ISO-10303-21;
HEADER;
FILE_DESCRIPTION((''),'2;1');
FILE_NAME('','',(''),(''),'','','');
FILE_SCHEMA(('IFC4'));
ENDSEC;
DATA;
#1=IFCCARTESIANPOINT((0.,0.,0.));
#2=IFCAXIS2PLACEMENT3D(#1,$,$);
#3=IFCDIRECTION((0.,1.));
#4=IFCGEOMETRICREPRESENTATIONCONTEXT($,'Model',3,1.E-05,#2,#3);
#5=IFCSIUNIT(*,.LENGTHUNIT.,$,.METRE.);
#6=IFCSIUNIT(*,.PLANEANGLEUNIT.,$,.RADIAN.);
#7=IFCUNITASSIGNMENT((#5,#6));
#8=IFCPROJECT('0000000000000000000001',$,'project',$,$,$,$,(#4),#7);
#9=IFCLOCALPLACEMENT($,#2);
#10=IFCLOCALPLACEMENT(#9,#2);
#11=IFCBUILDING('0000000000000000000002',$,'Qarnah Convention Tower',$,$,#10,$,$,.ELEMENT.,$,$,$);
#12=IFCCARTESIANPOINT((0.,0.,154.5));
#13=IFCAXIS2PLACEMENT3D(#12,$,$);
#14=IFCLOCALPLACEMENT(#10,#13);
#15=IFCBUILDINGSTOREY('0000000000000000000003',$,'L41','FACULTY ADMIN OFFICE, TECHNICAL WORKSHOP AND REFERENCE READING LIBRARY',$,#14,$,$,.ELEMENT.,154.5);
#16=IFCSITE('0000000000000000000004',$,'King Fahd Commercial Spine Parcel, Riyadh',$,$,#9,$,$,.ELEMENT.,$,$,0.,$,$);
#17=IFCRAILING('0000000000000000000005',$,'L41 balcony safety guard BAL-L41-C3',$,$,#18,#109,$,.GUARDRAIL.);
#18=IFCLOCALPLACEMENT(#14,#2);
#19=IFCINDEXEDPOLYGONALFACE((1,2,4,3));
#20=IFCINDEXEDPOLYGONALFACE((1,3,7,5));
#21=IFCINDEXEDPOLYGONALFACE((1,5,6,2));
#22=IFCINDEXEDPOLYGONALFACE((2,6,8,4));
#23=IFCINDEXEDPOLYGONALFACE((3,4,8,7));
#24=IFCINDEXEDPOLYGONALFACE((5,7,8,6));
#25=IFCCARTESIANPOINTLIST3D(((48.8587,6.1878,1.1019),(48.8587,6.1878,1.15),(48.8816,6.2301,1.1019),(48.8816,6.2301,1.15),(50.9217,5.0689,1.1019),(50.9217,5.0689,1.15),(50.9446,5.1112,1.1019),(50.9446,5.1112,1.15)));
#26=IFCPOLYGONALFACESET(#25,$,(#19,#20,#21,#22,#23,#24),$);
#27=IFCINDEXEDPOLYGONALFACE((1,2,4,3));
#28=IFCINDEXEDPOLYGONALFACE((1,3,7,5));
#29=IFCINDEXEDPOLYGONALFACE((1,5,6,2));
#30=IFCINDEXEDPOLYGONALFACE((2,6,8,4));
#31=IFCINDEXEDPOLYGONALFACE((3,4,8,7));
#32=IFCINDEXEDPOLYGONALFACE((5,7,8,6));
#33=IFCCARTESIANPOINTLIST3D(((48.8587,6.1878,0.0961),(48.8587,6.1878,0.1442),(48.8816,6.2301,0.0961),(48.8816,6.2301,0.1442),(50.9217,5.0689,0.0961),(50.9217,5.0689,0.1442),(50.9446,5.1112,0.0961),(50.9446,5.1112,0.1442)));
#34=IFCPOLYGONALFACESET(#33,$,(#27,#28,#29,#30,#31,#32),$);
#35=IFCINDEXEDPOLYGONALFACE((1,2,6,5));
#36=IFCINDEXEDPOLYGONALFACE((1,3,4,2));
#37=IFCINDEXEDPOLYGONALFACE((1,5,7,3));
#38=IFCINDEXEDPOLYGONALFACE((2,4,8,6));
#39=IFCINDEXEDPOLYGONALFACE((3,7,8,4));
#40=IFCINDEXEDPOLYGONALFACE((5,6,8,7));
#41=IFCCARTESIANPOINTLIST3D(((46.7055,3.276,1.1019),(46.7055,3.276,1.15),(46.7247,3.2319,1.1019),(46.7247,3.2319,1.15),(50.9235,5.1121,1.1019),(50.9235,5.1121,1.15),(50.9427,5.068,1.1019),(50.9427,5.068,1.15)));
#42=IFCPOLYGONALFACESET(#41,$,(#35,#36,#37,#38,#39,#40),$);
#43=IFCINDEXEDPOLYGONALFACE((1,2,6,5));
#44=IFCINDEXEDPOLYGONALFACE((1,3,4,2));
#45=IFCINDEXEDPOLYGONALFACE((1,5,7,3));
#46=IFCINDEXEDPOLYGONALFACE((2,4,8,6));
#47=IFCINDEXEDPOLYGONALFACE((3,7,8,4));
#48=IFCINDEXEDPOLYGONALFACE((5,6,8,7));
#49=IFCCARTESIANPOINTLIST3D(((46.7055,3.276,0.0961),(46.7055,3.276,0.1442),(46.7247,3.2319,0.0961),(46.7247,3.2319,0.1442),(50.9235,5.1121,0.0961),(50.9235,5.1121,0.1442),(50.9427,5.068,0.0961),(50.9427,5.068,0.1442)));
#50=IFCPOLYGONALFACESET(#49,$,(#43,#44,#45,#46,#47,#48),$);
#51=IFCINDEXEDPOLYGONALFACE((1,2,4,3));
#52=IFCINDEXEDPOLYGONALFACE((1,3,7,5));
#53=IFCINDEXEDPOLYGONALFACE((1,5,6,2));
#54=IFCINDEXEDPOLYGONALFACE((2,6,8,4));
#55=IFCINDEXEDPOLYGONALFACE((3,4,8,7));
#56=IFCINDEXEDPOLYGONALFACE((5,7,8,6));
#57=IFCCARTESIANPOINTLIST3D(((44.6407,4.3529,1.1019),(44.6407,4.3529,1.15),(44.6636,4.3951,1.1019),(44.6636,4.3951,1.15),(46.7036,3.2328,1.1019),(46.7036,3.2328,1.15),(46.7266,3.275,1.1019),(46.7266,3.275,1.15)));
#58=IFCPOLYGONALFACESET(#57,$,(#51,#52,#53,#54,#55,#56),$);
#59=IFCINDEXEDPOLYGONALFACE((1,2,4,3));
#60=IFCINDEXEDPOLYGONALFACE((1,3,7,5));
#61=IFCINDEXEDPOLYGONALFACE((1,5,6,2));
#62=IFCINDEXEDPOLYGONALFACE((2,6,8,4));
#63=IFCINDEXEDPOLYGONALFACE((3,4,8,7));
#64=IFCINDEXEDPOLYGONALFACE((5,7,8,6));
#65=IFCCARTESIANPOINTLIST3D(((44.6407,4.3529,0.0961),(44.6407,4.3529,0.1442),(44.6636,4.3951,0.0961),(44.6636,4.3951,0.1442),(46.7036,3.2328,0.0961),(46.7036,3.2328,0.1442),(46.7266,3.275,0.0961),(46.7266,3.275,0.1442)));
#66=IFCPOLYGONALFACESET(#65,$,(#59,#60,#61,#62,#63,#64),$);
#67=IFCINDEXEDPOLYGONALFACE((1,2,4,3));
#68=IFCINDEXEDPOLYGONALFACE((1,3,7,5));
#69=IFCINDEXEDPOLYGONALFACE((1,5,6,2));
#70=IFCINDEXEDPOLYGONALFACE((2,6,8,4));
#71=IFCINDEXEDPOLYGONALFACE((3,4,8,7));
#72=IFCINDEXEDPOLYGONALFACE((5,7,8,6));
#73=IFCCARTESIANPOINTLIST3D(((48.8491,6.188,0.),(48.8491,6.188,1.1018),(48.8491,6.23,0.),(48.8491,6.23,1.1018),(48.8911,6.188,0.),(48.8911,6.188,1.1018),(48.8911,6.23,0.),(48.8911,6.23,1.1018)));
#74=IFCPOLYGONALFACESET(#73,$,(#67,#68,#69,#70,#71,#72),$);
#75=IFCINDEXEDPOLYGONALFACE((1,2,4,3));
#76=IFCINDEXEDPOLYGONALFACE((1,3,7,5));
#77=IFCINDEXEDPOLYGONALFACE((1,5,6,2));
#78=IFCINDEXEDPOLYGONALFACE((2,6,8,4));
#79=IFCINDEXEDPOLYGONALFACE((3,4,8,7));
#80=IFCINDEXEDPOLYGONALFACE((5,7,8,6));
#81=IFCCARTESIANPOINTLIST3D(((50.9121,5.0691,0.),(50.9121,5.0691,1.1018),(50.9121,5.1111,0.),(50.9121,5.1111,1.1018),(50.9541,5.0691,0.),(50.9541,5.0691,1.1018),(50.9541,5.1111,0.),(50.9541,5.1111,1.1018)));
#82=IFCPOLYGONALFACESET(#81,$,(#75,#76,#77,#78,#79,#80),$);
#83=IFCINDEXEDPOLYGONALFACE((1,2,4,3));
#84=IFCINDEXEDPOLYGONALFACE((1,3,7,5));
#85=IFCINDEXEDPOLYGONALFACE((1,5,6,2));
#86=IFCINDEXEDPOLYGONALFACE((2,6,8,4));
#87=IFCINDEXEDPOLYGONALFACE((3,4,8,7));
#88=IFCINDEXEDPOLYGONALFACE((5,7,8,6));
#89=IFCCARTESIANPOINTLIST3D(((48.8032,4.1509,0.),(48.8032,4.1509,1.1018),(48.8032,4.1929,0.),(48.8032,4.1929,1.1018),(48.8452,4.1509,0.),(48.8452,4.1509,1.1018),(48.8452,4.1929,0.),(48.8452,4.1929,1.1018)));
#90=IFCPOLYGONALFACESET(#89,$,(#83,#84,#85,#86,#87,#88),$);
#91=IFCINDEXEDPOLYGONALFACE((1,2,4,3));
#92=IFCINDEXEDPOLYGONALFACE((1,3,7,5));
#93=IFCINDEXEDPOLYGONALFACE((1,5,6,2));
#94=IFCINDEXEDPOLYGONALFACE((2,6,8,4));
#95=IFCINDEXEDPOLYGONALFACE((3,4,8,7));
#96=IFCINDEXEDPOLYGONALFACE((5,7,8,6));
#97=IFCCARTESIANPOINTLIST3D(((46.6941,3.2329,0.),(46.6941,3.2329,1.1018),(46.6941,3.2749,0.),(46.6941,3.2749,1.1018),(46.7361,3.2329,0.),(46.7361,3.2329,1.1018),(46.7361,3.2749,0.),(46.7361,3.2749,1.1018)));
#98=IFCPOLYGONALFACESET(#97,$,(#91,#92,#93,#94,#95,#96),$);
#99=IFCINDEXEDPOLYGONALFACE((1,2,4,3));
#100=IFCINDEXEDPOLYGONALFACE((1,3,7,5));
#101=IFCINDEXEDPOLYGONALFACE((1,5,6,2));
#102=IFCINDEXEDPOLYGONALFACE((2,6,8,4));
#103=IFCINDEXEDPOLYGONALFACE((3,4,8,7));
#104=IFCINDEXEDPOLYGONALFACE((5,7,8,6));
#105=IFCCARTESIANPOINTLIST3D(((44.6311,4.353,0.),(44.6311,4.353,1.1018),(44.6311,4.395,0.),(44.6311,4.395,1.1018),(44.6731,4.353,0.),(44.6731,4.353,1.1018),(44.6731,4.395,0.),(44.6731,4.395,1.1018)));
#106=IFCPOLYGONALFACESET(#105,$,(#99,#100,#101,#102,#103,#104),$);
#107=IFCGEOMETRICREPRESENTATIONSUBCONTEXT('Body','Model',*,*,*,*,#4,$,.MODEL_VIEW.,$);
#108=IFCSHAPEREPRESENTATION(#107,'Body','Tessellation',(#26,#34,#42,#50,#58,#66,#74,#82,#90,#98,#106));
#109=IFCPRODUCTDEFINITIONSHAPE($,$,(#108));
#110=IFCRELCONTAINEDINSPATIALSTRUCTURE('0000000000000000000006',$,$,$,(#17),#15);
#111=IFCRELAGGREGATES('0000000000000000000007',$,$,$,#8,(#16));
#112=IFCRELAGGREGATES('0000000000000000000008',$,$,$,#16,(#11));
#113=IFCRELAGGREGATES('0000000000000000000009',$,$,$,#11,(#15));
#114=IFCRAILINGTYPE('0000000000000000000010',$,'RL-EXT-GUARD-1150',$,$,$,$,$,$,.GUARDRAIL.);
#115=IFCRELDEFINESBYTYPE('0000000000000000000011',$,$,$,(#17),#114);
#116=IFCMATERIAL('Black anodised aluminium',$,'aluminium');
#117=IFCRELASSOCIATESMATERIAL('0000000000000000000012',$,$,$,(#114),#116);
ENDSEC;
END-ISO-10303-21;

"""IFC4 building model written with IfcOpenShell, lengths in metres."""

from ifc_helpers import new_model, si_unit, direction, frame, origin, origin_2d, place, context, subcontext, project, spatial, rectangle, extrude, material, type_object, element, save


model = new_model("IFC4")

# Units and contexts
model_context = context("Model", 3, precision=1e-05, world=origin(), true_north=direction((0.0, 1.0)))
body_context = subcontext(model_context, "Body", "Model", "MODEL_VIEW")
ifc_project = project(units=[si_unit("LENGTHUNIT", "METRE"), si_unit("PLANEANGLEUNIT", "RADIAN")], contexts=[model_context])

# Site, building, storey
site_placement = place(None, origin())
site = spatial("IfcSite", under=ifc_project, at=site_placement, Name="King Fahd Commercial Spine Parcel, Riyadh", CompositionType="ELEMENT", RefElevation=0.0)
building_placement = place(site_placement, origin())
building = spatial("IfcBuilding", under=site, at=building_placement, Name="Qarnah Convention Tower", CompositionType="ELEMENT")
storey_placement = place(building_placement, frame((0.0, 0.0, 154.5)))
storey = spatial("IfcBuildingStorey", under=building, at=storey_placement, Name="L41", Description="FACULTY ADMIN OFFICE, TECHNICAL WORKSHOP AND REFERENCE READING LIBRARY", CompositionType="ELEMENT", Elevation=154.5)

# Shared definitions
ifc_material_1 = material(Name="Black anodised aluminium", Category="aluminium")

# Railing
railing_type = type_object("IfcRailingType", Name="RL-EXT-GUARD-1150", PredefinedType="GUARDRAIL", material=ifc_material_1)
railing_1_placement = place(storey_placement, frame((48.8701, 6.209, 0.0)))
element("IfcRailing", 1, at=railing_1_placement, inside=storey, type_object=railing_type, Name="L41 balcony safety guard BAL-L41-C3", PredefinedType="GUARDRAIL", context=body_context, shape_type="SweptSolid", body=[
    extrude(rectangle(XDim=0.0481, YDim=0.0481, at=origin_2d()), frame((0.0, 0.0, 1.126), z_axis=(0.879034, -0.476759, 0.0), x_axis=(0.476759, 0.879034, 0.0)), (0.0, 0.0, 1.0), 2.3469),
    extrude(rectangle(XDim=0.0481, YDim=0.0481, at=origin_2d()), frame((0.0, 0.0, 0.1201), z_axis=(0.879034, -0.476759, 0.0), x_axis=(0.476759, 0.879034, 0.0)), (0.0, 0.0, 1.0), 2.3469),
    extrude(rectangle(XDim=0.0481, YDim=0.0481, at=origin_2d()), frame((2.063, -1.1189, 1.126), z_axis=(-0.91689, -0.399139, 0.0), x_axis=(0.399139, -0.91689, 0.0)), (0.0, 0.0, 1.0), 4.6003),
    extrude(rectangle(XDim=0.0481, YDim=0.0481, at=origin_2d()), frame((2.063, -1.1189, 0.1201), z_axis=(-0.91689, -0.399139, 0.0), x_axis=(0.399139, -0.91689, 0.0)), (0.0, 0.0, 1.0), 4.6003),
    extrude(rectangle(XDim=0.0481, YDim=0.0481, at=origin_2d()), frame((-2.155, -2.9551, 1.126), z_axis=(-0.878816, 0.477161, 0.0), x_axis=(-0.477161, -0.878816, 0.0)), (0.0, 0.0, 1.0), 2.3474),
    extrude(rectangle(XDim=0.0481, YDim=0.0481, at=origin_2d()), frame((-2.155, -2.9551, 0.1201), z_axis=(-0.878816, 0.477161, 0.0), x_axis=(-0.477161, -0.878816, 0.0)), (0.0, 0.0, 1.0), 2.3474),
    extrude(rectangle(XDim=0.042, YDim=0.042, at=origin_2d()), origin(), (0.0, 0.0, 1.0), 1.1018),
    extrude(rectangle(XDim=0.042, YDim=0.042, at=origin_2d()), frame((2.063, -1.1189, 0.0)), (0.0, 0.0, 1.0), 1.1018),
    extrude(rectangle(XDim=0.042, YDim=0.042, at=origin_2d()), frame((-0.0459, -2.0371, 0.0)), (0.0, 0.0, 1.0), 1.1018),
    extrude(rectangle(XDim=0.042, YDim=0.042, at=origin_2d()), frame((-2.155, -2.9551, 0.0)), (0.0, 0.0, 1.0), 1.1018),
    extrude(rectangle(XDim=0.042, YDim=0.042, at=origin_2d()), frame((-4.218, -1.835, 0.0)), (0.0, 0.0, 1.0), 1.1018),
])

save(model, "model.ifc")
